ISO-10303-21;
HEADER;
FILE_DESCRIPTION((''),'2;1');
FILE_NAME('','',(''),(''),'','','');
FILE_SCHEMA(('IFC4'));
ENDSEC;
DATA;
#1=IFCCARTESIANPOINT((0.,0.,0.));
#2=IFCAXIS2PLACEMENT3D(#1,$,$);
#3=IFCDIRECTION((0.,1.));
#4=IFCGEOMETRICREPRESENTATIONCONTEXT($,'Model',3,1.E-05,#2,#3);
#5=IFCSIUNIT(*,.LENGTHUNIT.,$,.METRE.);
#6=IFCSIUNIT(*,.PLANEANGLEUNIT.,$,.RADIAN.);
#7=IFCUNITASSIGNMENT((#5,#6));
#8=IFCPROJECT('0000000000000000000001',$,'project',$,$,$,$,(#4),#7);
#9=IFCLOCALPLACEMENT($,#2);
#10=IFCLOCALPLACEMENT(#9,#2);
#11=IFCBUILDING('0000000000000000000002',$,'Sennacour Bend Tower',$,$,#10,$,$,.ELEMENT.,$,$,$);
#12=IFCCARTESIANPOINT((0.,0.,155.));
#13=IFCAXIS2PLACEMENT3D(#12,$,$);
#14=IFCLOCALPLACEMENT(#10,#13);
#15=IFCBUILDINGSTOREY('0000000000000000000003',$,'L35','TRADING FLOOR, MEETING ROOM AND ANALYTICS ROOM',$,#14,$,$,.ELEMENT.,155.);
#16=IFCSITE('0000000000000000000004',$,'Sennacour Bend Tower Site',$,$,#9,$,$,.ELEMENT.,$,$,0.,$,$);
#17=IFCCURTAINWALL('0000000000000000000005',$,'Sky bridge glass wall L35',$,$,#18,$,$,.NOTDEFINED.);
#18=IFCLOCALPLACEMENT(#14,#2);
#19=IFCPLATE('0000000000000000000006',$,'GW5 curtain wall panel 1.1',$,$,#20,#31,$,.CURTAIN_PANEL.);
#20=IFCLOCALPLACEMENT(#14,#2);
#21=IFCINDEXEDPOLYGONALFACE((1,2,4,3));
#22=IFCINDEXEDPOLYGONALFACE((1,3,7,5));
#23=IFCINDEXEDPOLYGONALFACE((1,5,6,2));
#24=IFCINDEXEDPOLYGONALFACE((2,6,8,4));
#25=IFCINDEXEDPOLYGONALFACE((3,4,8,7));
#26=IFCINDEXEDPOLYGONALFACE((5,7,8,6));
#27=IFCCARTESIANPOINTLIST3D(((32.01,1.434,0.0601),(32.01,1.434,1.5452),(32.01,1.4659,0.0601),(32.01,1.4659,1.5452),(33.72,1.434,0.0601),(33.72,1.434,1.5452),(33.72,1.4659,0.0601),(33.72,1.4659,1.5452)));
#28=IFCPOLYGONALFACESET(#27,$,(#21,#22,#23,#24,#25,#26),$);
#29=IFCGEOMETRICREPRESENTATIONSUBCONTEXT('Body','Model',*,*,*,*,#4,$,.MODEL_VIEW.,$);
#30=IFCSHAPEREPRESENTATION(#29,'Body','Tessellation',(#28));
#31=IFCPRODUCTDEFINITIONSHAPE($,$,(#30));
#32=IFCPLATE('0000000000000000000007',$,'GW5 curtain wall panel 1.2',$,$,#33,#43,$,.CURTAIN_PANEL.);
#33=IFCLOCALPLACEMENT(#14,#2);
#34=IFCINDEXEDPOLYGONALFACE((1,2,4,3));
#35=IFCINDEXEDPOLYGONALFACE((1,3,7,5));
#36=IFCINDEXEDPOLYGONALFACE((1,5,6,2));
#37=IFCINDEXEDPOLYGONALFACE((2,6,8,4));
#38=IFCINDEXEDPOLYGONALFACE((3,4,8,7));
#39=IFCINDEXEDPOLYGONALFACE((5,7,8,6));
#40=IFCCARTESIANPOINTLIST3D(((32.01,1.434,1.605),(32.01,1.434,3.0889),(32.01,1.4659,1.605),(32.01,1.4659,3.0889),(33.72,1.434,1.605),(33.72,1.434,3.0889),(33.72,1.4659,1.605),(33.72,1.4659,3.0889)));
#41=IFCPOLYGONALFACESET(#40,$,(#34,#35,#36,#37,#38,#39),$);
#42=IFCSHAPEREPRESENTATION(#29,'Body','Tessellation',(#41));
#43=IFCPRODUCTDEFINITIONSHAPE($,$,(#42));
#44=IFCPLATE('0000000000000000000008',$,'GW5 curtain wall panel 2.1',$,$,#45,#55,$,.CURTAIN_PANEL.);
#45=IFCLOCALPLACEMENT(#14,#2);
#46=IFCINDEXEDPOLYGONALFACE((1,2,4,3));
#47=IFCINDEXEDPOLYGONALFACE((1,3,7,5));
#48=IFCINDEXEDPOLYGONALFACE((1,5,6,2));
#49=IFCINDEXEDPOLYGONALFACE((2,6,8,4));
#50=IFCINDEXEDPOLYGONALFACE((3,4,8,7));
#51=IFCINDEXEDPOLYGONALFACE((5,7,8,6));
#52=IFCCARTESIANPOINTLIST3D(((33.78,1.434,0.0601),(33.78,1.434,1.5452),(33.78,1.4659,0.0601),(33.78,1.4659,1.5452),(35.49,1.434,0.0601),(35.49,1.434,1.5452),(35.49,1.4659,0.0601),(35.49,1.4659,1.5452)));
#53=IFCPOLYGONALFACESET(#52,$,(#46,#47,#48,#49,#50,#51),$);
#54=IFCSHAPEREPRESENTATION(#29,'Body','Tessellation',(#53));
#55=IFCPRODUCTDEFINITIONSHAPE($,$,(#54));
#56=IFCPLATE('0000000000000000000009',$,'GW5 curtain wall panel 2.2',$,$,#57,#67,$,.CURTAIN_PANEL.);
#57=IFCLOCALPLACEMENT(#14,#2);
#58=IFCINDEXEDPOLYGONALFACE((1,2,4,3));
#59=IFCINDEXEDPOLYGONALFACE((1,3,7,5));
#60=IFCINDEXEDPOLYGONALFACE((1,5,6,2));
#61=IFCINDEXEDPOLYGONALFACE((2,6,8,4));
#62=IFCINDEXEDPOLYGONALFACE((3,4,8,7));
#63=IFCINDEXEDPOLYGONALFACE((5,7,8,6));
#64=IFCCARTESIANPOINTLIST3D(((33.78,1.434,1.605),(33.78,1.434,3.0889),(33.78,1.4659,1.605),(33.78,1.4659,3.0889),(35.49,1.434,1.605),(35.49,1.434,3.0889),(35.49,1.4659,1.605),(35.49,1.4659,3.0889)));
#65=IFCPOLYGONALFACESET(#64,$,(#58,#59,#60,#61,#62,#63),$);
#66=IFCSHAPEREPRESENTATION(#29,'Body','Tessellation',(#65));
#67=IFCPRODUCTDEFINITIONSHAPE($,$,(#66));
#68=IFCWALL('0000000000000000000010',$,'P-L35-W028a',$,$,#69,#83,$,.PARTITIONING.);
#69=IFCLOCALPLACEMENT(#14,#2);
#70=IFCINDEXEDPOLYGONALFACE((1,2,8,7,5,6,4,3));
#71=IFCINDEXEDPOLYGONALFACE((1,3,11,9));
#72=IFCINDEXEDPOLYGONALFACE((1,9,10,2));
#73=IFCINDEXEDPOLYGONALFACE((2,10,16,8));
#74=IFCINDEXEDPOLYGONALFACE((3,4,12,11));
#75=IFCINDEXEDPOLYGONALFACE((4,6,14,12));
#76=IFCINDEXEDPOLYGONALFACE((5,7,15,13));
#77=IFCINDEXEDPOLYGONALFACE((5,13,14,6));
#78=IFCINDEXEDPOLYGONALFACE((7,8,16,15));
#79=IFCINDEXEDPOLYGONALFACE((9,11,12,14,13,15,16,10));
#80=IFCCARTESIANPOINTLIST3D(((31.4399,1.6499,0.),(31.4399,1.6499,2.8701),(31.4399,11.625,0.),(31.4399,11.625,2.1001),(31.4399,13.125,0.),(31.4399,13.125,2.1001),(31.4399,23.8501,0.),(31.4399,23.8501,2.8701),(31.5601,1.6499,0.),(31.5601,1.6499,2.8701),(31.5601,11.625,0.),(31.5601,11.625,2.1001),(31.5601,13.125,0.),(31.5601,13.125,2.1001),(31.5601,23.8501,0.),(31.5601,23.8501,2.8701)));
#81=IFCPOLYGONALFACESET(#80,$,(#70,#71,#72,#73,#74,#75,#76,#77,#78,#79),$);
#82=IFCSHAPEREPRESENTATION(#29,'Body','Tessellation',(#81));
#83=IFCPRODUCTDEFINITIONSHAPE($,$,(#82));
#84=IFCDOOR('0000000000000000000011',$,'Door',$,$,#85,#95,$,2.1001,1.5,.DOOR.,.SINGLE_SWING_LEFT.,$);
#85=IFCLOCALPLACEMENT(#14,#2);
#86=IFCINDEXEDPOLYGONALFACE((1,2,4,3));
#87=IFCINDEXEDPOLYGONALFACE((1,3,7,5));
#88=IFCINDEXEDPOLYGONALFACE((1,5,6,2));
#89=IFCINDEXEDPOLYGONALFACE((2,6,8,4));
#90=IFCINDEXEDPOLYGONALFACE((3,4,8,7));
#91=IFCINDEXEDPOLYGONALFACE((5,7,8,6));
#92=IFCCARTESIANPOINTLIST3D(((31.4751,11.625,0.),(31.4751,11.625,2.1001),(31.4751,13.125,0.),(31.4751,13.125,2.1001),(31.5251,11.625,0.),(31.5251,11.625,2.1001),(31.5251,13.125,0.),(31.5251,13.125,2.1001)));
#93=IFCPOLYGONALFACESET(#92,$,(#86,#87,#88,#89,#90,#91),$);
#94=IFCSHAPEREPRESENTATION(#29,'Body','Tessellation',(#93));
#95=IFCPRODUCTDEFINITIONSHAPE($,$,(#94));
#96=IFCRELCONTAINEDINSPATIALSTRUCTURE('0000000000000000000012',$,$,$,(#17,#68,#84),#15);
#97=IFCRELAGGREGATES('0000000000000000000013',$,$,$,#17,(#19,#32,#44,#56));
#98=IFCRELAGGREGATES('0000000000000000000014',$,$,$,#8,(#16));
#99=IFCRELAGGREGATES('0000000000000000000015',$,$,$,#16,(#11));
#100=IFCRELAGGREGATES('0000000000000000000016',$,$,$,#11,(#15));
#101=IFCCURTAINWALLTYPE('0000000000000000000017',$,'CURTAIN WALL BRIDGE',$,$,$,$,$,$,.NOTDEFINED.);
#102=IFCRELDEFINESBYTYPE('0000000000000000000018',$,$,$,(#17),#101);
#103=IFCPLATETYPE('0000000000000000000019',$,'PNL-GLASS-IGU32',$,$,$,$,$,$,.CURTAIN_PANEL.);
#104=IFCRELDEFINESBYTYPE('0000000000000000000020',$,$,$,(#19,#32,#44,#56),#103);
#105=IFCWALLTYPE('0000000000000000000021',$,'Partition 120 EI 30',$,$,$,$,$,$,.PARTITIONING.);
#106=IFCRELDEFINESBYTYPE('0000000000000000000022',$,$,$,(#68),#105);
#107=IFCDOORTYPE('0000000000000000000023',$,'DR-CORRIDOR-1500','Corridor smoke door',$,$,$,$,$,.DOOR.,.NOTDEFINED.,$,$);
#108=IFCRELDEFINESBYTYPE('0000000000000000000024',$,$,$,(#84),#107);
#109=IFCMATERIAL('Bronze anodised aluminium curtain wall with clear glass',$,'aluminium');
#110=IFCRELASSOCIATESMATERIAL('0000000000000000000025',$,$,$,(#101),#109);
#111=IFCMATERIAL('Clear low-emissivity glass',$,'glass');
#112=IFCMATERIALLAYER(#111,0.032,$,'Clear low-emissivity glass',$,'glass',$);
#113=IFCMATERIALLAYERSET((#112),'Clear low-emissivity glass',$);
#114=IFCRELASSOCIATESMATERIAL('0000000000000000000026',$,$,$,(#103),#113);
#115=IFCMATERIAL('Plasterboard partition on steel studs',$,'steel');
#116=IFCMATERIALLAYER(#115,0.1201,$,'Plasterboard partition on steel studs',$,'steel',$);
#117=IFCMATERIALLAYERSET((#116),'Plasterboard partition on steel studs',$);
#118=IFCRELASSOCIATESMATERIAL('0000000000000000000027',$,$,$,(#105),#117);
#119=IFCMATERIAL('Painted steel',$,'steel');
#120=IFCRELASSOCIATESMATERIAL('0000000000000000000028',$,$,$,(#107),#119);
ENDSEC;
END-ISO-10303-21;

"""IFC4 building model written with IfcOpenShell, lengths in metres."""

from ifc_helpers import new_model, si_unit, direction, frame, frame_2d, origin, origin_2d, place, context, subcontext, project, spatial, rectangle, extrude, material, layer, layer_set, type_object, element, fill, aggregate, save


model = new_model("IFC4")

# Units and contexts
model_context = context("Model", 3, precision=1e-05, world=origin(), true_north=direction((0.0, 1.0)))
body_context = subcontext(model_context, "Body", "Model", "MODEL_VIEW")
ifc_project = project(units=[si_unit("LENGTHUNIT", "METRE"), si_unit("PLANEANGLEUNIT", "RADIAN")], contexts=[model_context])

# Site, building, storey
site_placement = place(None, origin())
site = spatial("IfcSite", under=ifc_project, at=site_placement, Name="Sennacour Bend Tower Site", CompositionType="ELEMENT", RefElevation=0.0)
building_placement = place(site_placement, origin())
building = spatial("IfcBuilding", under=site, at=building_placement, Name="Sennacour Bend Tower", CompositionType="ELEMENT")
storey_placement = place(building_placement, frame((0.0, 0.0, 155.0)))
storey = spatial("IfcBuildingStorey", under=building, at=storey_placement, Name="L35", Description="TRADING FLOOR, MEETING ROOM AND ANALYTICS ROOM", CompositionType="ELEMENT", Elevation=155.0)

# Curtain wall
ifc_material_1 = material(Name="Bronze anodised aluminium curtain wall with clear glass", Category="aluminium")
curtain_wall_type = type_object("IfcCurtainWallType", Name="CURTAIN WALL BRIDGE", PredefinedType="NOTDEFINED", material=ifc_material_1)
curtain_wall_1_placement = place(storey_placement, origin())
curtain_wall_1 = element("IfcCurtainWall", 1, at=curtain_wall_1_placement, inside=storey, type_object=curtain_wall_type, Name="Sky bridge glass wall L35", PredefinedType="NOTDEFINED")

# Plates
ifc_material_2 = material(Name="Clear low-emissivity glass", Category="glass")
ifc_layer_1 = layer(ifc_material_2, 0.032, Name="Clear low-emissivity glass", Category="glass")
ifc_layer_set_1 = layer_set([ifc_layer_1], Name="Clear low-emissivity glass")
plate_type = type_object("IfcPlateType", Name="PNL-GLASS-IGU32", PredefinedType="CURTAIN_PANEL", material=ifc_layer_set_1)
plate_1_placement = place(storey_placement, frame((32.865, 1.45, 0.0601), z_axis=(0.0, 0.0, 1.0), x_axis=(1.0, 0.0, 0.0)))
plate_1 = element("IfcPlate", 2, at=plate_1_placement, type_object=plate_type, Name="GW5 curtain wall panel 1.1", PredefinedType="CURTAIN_PANEL", context=body_context, shape_type="SweptSolid", body=[
    extrude(rectangle(XDim=1.71, YDim=0.032, at=origin_2d()), origin(), (0.0, 0.0, 1.0), 1.4851),
])
plate_2_placement = place(storey_placement, frame((32.865, 1.45, 1.605), z_axis=(0.0, 0.0, 1.0), x_axis=(1.0, 0.0, 0.0)))
plate_2 = element("IfcPlate", 3, at=plate_2_placement, type_object=plate_type, Name="GW5 curtain wall panel 1.2", PredefinedType="CURTAIN_PANEL", context=body_context, shape_type="SweptSolid", body=[
    extrude(rectangle(XDim=1.71, YDim=0.032, at=origin_2d()), origin(), (0.0, 0.0, 1.0), 1.4839),
])
plate_3_placement = place(storey_placement, frame((34.635, 1.45, 0.0601), z_axis=(0.0, 0.0, 1.0), x_axis=(1.0, 0.0, 0.0)))
plate_3 = element("IfcPlate", 4, at=plate_3_placement, type_object=plate_type, Name="GW5 curtain wall panel 2.1", PredefinedType="CURTAIN_PANEL", context=body_context, shape_type="SweptSolid", body=[
    extrude(rectangle(XDim=1.71, YDim=0.032, at=origin_2d()), origin(), (0.0, 0.0, 1.0), 1.4851),
])
plate_4_placement = place(storey_placement, frame((34.635, 1.45, 1.605), z_axis=(0.0, 0.0, 1.0), x_axis=(1.0, 0.0, 0.0)))
plate_4 = element("IfcPlate", 5, at=plate_4_placement, type_object=plate_type, Name="GW5 curtain wall panel 2.2", PredefinedType="CURTAIN_PANEL", context=body_context, shape_type="SweptSolid", body=[
    extrude(rectangle(XDim=1.71, YDim=0.032, at=origin_2d()), origin(), (0.0, 0.0, 1.0), 1.4839),
])
aggregate(curtain_wall_1, [plate_1, plate_2, plate_3, plate_4])

# Wall, opening, door
ifc_material_3 = material(Name="Plasterboard partition on steel studs", Category="steel")
ifc_layer_2 = layer(ifc_material_3, 0.1201, Name="Plasterboard partition on steel studs", Category="steel")
ifc_layer_set_2 = layer_set([ifc_layer_2], Name="Plasterboard partition on steel studs")
wall_type = type_object("IfcWallType", Name="Partition 120 EI 30", PredefinedType="PARTITIONING", material=ifc_layer_set_2)
wall_placement = place(storey_placement, frame((31.5, 1.6499, 0.0), z_axis=(0.0, 0.0, 1.0), x_axis=(0.0, 1.0, 0.0)))
wall = element("IfcWall", 6, at=wall_placement, inside=storey, type_object=wall_type, Name="P-L35-W028a", PredefinedType="PARTITIONING", context=body_context, shape_type="SweptSolid", body=[
    extrude(rectangle(XDim=22.2002, YDim=0.1201, at=frame_2d((11.1001, 0.0))), origin(), (0.0, 0.0, 1.0), 2.8701),
])
opening_placement = place(wall_placement, frame((9.9751, 0.0, 0.0)))
opening = element("IfcOpeningElement", 7, at=opening_placement, cuts=wall, PredefinedType="OPENING", context=body_context, shape_type="SweptSolid", body=[
    extrude(rectangle(XDim=1.5, YDim=2.1001, at=frame_2d((0.75, 1.05))), frame((0.0, 0.0701, 0.0), z_axis=(0.0, -1.0, 0.0), x_axis=(1.0, 0.0, 0.0)), (0.0, 0.0, 1.0), 0.1401),
])
ifc_material_4 = material(Name="Painted steel", Category="steel")
door_type = type_object("IfcDoorType", Name="DR-CORRIDOR-1500", Description="Corridor smoke door", OperationType="NOTDEFINED", PredefinedType="DOOR", material=ifc_material_4)
door_placement = place(opening_placement, origin())
door = element("IfcDoor", 8, at=door_placement, inside=storey, type_object=door_type, Name="Door", OperationType="SINGLE_SWING_LEFT", OverallHeight=2.1001, OverallWidth=1.5, PredefinedType="DOOR", context=body_context, shape_type="SweptSolid", body=[
    extrude(rectangle(XDim=1.5, YDim=2.1001, at=frame_2d((0.75, 1.05))), frame((0.0, 0.0249, 0.0), z_axis=(0.0, -1.0, 0.0), x_axis=(1.0, 0.0, 0.0)), (0.0, 0.0, 1.0), 0.05),
])
fill(opening, door)

save(model, "model.ifc")
